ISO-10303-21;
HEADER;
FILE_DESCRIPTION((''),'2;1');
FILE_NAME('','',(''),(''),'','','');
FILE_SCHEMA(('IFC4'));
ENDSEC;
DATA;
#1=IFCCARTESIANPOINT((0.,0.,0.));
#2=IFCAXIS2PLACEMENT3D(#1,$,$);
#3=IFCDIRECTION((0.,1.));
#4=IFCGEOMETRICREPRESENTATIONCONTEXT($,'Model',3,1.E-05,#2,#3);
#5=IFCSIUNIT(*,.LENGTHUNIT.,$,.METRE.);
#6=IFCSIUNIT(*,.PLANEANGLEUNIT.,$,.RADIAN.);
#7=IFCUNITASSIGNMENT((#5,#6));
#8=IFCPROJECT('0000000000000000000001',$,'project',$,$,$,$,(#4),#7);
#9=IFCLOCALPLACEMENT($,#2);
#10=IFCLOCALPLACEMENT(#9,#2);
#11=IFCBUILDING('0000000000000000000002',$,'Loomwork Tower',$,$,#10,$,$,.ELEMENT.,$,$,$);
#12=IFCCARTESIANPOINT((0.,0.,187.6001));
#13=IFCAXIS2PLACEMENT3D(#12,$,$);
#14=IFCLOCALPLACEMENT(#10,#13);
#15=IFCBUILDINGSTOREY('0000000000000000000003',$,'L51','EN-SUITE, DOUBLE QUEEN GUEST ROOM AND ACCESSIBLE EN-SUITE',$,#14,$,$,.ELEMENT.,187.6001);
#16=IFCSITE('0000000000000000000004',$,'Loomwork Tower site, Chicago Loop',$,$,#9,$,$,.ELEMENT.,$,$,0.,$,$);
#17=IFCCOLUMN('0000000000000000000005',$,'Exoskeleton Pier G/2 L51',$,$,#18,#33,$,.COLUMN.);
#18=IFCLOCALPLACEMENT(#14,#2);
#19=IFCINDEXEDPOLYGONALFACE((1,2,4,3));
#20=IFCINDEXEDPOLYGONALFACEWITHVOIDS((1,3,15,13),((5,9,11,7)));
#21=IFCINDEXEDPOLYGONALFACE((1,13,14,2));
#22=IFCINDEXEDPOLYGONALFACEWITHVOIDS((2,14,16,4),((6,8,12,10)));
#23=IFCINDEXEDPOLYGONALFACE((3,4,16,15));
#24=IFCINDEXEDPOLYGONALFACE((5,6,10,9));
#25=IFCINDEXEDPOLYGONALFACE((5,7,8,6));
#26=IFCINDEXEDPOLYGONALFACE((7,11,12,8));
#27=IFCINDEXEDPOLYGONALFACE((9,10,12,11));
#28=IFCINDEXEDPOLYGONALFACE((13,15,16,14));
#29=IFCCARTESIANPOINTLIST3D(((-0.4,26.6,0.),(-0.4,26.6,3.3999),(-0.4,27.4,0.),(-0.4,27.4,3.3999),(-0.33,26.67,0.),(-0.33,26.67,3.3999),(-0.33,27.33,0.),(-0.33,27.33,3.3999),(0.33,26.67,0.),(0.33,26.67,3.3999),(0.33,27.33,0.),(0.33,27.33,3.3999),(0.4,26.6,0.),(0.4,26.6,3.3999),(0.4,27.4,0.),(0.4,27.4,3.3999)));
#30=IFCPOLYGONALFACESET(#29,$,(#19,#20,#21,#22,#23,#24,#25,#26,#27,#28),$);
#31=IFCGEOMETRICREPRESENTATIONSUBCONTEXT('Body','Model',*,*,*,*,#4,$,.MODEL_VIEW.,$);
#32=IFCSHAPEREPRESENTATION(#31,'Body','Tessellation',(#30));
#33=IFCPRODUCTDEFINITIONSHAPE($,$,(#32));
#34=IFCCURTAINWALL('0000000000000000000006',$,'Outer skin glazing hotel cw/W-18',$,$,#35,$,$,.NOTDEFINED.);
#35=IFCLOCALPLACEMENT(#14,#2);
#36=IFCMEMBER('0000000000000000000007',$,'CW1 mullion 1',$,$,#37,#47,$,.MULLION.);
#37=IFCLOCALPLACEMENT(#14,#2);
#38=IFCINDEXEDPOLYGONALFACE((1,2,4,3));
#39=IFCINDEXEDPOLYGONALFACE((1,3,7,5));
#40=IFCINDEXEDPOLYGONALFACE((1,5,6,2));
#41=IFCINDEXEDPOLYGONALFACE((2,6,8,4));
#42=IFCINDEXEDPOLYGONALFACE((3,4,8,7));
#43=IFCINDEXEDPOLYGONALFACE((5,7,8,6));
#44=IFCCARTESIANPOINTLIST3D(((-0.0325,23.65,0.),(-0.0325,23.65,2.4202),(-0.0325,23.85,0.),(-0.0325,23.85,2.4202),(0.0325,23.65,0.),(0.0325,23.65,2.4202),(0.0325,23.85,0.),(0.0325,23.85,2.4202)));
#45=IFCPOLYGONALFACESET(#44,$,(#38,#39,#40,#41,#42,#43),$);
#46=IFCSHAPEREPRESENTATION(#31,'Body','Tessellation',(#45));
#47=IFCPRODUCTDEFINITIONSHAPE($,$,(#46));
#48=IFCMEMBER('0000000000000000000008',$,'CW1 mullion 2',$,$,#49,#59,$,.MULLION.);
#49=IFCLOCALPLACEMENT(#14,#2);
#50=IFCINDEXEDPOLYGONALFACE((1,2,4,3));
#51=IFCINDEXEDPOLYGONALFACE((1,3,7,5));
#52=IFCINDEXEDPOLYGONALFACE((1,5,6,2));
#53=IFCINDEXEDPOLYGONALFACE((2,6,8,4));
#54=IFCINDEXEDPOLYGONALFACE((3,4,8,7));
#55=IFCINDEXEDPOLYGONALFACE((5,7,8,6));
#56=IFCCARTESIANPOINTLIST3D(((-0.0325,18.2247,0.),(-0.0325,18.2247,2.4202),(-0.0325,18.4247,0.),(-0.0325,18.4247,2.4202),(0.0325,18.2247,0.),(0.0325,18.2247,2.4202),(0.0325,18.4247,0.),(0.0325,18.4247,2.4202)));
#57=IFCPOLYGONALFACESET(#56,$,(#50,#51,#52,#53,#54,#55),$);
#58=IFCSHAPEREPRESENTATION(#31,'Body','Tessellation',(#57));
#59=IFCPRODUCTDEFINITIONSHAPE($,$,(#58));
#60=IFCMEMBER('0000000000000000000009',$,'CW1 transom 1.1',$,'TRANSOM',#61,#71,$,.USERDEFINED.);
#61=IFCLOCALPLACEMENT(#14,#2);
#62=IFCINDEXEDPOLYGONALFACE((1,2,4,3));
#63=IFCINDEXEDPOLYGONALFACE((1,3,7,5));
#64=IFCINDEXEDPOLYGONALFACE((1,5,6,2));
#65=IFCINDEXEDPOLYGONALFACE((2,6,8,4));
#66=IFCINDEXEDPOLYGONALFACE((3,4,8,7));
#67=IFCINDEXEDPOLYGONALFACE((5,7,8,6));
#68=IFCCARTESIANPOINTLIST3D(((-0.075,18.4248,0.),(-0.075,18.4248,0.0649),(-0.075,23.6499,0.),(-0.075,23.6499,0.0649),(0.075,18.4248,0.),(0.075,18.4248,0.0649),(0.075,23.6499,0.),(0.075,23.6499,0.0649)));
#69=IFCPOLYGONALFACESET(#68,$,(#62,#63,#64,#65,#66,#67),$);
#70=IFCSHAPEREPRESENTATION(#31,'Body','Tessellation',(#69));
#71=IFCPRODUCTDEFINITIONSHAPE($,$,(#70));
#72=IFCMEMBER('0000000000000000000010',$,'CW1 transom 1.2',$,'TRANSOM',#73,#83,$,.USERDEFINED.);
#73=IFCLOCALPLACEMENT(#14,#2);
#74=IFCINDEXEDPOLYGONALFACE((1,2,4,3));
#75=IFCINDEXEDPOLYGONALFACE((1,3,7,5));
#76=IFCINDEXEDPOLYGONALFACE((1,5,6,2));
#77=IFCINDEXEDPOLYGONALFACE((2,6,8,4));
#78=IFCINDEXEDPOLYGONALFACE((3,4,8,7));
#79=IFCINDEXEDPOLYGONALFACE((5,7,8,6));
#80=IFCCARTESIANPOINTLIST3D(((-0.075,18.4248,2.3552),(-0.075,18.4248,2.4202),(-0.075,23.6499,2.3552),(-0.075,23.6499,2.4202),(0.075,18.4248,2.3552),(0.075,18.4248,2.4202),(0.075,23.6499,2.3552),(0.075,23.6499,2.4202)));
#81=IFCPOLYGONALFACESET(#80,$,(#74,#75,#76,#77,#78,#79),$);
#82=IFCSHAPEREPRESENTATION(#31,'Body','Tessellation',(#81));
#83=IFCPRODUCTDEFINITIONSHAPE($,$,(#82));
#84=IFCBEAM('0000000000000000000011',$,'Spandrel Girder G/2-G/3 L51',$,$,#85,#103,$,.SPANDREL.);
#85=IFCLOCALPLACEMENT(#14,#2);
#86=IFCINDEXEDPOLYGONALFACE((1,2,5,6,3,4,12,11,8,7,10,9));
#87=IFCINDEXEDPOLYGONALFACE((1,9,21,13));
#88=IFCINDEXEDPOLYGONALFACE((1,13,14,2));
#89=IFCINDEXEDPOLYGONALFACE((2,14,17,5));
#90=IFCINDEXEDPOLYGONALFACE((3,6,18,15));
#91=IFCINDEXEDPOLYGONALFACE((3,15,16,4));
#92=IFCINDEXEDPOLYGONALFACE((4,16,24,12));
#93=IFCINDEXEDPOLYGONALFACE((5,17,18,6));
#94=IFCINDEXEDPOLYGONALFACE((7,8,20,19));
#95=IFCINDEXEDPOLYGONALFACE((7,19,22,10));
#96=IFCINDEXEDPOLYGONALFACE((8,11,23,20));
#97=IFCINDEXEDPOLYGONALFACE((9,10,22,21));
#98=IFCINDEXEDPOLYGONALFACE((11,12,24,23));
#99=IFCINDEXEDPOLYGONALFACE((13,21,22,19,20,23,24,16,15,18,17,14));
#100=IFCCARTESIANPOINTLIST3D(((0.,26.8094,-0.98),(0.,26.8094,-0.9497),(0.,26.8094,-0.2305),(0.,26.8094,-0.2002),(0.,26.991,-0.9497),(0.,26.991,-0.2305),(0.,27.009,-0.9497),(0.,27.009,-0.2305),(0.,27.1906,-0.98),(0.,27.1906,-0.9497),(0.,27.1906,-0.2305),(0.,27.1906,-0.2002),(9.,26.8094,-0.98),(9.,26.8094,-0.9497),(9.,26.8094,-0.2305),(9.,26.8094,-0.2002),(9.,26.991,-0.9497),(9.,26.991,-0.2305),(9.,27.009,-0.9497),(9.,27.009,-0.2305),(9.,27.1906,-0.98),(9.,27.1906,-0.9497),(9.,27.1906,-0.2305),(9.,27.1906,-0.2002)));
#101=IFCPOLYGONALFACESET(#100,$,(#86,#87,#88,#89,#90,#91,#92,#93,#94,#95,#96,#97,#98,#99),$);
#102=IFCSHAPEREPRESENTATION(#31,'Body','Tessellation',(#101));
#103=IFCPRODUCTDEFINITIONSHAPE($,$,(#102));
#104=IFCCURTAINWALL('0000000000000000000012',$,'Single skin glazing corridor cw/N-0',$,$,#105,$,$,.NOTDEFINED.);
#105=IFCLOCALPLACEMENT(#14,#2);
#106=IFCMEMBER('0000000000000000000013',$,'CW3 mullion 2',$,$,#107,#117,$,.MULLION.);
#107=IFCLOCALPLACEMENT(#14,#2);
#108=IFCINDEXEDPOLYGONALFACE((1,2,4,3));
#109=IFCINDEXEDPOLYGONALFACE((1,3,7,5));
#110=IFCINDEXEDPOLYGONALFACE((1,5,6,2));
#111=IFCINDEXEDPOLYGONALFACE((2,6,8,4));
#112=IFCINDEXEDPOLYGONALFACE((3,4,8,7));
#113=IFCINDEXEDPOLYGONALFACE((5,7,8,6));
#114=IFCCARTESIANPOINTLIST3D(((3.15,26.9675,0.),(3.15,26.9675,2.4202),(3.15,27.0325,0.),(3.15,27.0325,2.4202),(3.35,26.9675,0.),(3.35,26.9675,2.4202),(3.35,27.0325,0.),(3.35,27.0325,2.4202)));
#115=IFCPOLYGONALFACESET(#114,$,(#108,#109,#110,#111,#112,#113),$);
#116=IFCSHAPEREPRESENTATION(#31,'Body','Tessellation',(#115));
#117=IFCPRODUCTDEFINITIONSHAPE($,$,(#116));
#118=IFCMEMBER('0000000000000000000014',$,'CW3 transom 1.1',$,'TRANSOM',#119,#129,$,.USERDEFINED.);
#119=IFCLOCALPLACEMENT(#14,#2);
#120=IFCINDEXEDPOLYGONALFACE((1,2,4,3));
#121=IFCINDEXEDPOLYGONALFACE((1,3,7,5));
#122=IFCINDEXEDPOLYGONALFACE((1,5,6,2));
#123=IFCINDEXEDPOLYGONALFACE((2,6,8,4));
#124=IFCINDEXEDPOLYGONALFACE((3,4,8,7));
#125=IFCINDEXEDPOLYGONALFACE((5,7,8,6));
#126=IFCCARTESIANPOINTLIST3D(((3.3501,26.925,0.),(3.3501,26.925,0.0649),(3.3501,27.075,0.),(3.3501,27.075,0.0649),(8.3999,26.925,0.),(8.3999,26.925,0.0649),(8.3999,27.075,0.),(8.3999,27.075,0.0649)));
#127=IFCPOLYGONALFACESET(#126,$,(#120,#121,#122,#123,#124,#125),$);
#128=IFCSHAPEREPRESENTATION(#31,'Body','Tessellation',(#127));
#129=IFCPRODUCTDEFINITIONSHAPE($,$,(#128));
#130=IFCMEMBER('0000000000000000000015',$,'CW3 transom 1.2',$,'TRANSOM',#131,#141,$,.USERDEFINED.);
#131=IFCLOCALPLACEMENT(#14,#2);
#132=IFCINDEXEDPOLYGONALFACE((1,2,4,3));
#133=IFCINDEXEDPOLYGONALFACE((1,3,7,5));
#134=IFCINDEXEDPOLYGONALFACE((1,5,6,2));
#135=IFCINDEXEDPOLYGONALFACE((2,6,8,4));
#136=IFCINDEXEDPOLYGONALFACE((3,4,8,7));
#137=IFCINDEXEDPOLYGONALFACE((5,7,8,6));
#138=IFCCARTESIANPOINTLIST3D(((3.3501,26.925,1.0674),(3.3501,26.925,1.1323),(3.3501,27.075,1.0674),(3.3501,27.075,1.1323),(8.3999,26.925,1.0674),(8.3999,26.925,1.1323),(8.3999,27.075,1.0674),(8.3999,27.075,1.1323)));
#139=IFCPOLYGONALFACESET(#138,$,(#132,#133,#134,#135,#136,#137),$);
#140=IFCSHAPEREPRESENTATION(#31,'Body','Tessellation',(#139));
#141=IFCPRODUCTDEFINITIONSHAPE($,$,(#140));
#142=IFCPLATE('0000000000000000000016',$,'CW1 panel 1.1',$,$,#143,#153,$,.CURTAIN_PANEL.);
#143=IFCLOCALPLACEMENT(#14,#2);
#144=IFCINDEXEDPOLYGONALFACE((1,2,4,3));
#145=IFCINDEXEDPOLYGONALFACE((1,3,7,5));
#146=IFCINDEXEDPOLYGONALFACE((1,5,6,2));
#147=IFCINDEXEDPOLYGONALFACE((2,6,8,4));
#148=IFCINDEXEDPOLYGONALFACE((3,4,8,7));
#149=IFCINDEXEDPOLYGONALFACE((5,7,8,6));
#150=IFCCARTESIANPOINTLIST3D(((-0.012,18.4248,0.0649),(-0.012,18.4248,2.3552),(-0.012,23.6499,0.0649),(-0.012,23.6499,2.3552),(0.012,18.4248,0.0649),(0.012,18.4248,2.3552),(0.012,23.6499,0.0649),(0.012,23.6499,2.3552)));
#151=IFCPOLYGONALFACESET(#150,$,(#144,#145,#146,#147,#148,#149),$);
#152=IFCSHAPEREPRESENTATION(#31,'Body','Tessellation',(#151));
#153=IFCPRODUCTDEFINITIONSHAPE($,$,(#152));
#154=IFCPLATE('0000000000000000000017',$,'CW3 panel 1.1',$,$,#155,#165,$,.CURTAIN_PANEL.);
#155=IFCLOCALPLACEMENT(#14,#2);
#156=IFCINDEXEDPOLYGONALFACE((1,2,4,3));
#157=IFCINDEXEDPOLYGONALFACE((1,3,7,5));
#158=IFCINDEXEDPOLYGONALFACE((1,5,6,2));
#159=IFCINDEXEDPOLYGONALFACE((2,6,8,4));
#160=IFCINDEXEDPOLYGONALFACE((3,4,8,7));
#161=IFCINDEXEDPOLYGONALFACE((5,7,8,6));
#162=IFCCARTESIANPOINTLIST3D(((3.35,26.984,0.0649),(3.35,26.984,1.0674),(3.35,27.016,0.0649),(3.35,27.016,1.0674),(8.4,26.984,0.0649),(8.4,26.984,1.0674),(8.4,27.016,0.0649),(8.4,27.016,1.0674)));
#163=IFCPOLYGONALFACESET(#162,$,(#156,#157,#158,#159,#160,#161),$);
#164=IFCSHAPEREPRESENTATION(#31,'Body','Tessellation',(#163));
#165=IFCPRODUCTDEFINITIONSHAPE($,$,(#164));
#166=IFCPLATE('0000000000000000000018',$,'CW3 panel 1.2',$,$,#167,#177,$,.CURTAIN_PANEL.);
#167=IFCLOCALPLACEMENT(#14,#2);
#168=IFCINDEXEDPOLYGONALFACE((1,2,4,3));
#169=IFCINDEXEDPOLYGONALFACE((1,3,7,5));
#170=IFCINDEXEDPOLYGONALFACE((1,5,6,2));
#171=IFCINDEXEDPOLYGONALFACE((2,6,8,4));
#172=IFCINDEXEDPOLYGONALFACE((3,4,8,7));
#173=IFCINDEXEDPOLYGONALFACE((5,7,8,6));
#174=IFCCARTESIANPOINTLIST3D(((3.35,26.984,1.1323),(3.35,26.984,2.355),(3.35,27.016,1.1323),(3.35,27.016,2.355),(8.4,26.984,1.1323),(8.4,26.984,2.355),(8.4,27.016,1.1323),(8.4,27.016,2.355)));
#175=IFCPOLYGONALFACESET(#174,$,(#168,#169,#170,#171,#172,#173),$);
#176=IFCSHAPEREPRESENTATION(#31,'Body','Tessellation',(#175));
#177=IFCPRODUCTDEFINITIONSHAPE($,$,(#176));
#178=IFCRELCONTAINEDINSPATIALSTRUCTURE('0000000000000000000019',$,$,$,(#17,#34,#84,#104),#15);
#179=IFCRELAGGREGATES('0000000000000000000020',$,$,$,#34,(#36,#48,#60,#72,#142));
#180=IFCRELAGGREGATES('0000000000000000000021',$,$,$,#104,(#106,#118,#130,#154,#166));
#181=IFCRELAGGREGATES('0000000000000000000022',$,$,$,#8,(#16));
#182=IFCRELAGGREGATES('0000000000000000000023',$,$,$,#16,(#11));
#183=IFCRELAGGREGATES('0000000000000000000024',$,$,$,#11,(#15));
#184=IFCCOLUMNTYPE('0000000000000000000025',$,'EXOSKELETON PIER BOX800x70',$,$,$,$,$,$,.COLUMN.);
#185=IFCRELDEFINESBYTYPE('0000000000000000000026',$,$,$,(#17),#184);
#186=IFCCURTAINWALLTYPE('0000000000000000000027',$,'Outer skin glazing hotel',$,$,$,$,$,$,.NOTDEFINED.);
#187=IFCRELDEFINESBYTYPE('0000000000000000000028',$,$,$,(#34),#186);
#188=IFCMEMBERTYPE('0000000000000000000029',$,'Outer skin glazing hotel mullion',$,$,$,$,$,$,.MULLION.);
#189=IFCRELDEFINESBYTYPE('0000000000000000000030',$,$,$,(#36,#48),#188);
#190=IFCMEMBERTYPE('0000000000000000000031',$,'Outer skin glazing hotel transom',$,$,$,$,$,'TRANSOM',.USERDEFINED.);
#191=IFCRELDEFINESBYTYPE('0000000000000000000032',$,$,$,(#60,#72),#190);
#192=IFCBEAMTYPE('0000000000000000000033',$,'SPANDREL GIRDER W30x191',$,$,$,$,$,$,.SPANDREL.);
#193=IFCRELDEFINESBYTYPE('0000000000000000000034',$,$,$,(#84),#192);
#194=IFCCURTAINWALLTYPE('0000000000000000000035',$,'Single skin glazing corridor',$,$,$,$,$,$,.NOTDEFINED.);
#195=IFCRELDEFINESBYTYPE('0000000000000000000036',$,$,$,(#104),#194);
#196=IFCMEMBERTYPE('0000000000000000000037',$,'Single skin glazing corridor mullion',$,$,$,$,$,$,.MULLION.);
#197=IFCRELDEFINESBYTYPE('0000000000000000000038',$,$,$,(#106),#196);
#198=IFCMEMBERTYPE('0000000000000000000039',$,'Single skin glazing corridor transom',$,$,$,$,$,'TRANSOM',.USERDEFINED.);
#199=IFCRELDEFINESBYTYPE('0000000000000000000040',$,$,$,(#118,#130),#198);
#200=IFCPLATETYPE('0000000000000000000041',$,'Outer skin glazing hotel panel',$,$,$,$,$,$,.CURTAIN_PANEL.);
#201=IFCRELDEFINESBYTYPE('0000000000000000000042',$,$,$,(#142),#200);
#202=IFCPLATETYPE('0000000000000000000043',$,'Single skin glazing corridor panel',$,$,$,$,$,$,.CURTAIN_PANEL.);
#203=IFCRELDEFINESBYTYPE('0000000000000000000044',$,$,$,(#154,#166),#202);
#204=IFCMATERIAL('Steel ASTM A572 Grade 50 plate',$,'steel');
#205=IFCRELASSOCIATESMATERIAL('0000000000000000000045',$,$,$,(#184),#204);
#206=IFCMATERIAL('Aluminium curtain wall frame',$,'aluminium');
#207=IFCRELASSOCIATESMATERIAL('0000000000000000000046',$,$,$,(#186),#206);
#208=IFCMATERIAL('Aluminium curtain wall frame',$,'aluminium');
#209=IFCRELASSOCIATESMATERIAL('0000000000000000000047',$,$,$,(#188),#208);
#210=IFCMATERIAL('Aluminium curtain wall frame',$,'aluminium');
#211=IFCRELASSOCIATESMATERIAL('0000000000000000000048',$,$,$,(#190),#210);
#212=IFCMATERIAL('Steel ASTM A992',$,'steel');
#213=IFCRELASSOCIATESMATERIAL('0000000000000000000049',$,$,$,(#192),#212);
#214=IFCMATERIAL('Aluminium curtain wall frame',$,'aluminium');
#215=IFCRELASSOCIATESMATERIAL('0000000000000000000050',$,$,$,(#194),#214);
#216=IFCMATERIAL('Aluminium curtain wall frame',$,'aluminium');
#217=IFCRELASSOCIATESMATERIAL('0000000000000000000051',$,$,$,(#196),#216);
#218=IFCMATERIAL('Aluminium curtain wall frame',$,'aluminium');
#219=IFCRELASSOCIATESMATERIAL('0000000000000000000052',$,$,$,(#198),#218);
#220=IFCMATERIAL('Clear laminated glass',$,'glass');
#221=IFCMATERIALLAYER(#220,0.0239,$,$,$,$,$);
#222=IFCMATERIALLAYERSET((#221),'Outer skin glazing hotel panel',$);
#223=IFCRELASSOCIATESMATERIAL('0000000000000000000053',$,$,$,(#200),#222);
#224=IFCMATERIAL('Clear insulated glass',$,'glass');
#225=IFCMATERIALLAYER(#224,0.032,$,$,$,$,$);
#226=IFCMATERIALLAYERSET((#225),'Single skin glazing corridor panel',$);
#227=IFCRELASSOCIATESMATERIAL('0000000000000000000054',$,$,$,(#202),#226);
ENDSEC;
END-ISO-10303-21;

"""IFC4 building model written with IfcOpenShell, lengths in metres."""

from ifc_helpers import new_model, si_unit, direction, frame, origin, origin_2d, place, context, subcontext, project, spatial, rectangle, hollow_rectangle, i_section, extrude, material, layer, layer_set, material_profile, profile_set, type_object, element, aggregate, save


model = new_model("IFC4")

# Units and contexts
model_context = context("Model", 3, precision=1e-05, world=origin(), true_north=direction((0.0, 1.0)))
body_context = subcontext(model_context, "Body", "Model", "MODEL_VIEW")
ifc_project = project(units=[si_unit("LENGTHUNIT", "METRE"), si_unit("PLANEANGLEUNIT", "RADIAN")], contexts=[model_context])

# Site, building, storey
site_placement = place(None, origin())
site = spatial("IfcSite", under=ifc_project, at=site_placement, Name="Loomwork Tower site, Chicago Loop", CompositionType="ELEMENT", RefElevation=0.0)
building_placement = place(site_placement, origin())
building = spatial("IfcBuilding", under=site, at=building_placement, Name="Loomwork Tower", CompositionType="ELEMENT")
storey_placement = place(building_placement, frame((0.0, 0.0, 187.6001)))
storey = spatial("IfcBuildingStorey", under=building, at=storey_placement, Name="L51", Description="EN-SUITE, DOUBLE QUEEN GUEST ROOM AND ACCESSIBLE EN-SUITE", CompositionType="ELEMENT", Elevation=187.6001)

# Column
ifc_material_1 = material(Name="Steel ASTM A572 Grade 50 plate", Category="steel")
ifc_material_profile_1 = material_profile(ifc_material_1, hollow_rectangle(XDim=0.8, YDim=0.8, WallThickness=0.0701, at=origin_2d()), Name="BOX800x70")
ifc_profile_set_1 = profile_set([ifc_material_profile_1], Name="Steel ASTM A572 Grade 50 plate")
column_type = type_object("IfcColumnType", Name="EXOSKELETON PIER BOX800x70", PredefinedType="COLUMN", material=ifc_profile_set_1)
column_placement = place(storey_placement, frame((0.0, 27.0, 0.0), z_axis=(0.0, 0.0, 1.0), x_axis=(0.0, 1.0, 0.0)))
element("IfcColumn", 1, at=column_placement, inside=storey, type_object=column_type, Name="Exoskeleton Pier G/2 L51", PredefinedType="COLUMN", context=body_context, shape_type="SweptSolid", body=[
    extrude(hollow_rectangle(XDim=0.8, YDim=0.8, WallThickness=0.0701, at=origin_2d()), origin(), (0.0, 0.0, 1.0), 3.3999),
])

# Curtain wall, members
ifc_material_2 = material(Name="Aluminium curtain wall frame", Category="aluminium")
curtain_wall_type_1 = type_object("IfcCurtainWallType", Name="Outer skin glazing hotel", PredefinedType="NOTDEFINED", material=ifc_material_2)
curtain_wall_1_placement = place(storey_placement, origin())
curtain_wall_1 = element("IfcCurtainWall", 2, at=curtain_wall_1_placement, inside=storey, type_object=curtain_wall_type_1, Name="Outer skin glazing hotel cw/W-18", PredefinedType="NOTDEFINED")
ifc_material_3 = material(Name="Aluminium curtain wall frame", Category="aluminium")
ifc_material_profile_2 = material_profile(ifc_material_3, rectangle(XDim=0.0649, YDim=0.2, at=origin_2d()), Name="AL 65x200")
ifc_profile_set_2 = profile_set([ifc_material_profile_2], Name="Aluminium curtain wall frame")
member_type_1 = type_object("IfcMemberType", Name="Outer skin glazing hotel mullion", PredefinedType="MULLION", material=ifc_profile_set_2)
member_1_placement = place(storey_placement, frame((0.0, 23.75, 0.0), z_axis=(0.0, 0.0, 1.0), x_axis=(1.0, 0.0, 0.0)))
member_1 = element("IfcMember", 3, at=member_1_placement, type_object=member_type_1, Name="CW1 mullion 1", PredefinedType="MULLION", context=body_context, shape_type="SweptSolid", body=[
    extrude(rectangle(XDim=0.0649, YDim=0.2, at=origin_2d()), origin(), (0.0, 0.0, 1.0), 2.4202),
])
member_2_placement = place(storey_placement, frame((0.0, 18.3247, 0.0), z_axis=(0.0, 0.0, 1.0), x_axis=(1.0, 0.0, 0.0)))
member_2 = element("IfcMember", 4, at=member_2_placement, type_object=member_type_1, Name="CW1 mullion 2", PredefinedType="MULLION", context=body_context, shape_type="SweptSolid", body=[
    extrude(rectangle(XDim=0.0649, YDim=0.2, at=origin_2d()), origin(), (0.0, 0.0, 1.0), 2.4202),
])
ifc_material_4 = material(Name="Aluminium curtain wall frame", Category="aluminium")
ifc_material_profile_3 = material_profile(ifc_material_4, rectangle(XDim=0.1499, YDim=0.0649, at=origin_2d()), Name="AL 65x150")
ifc_profile_set_3 = profile_set([ifc_material_profile_3], Name="Aluminium curtain wall frame")
member_type_2 = type_object("IfcMemberType", Name="Outer skin glazing hotel transom", ElementType="TRANSOM", PredefinedType="USERDEFINED", material=ifc_profile_set_3)
member_3_placement = place(storey_placement, frame((0.0, 23.6499, 0.0325), z_axis=(0.0, -1.0, 0.0), x_axis=(1.0, 0.0, 0.0)))
member_3 = element("IfcMember", 5, at=member_3_placement, type_object=member_type_2, Name="CW1 transom 1.1", ObjectType="TRANSOM", PredefinedType="USERDEFINED", context=body_context, shape_type="SweptSolid", body=[
    extrude(rectangle(XDim=0.1499, YDim=0.0649, at=origin_2d()), origin(), (0.0, 0.0, 1.0), 5.2251),
])
member_4_placement = place(storey_placement, frame((0.0, 23.6499, 2.3877), z_axis=(0.0, -1.0, 0.0), x_axis=(1.0, 0.0, 0.0)))
member_4 = element("IfcMember", 6, at=member_4_placement, type_object=member_type_2, Name="CW1 transom 1.2", ObjectType="TRANSOM", PredefinedType="USERDEFINED", context=body_context, shape_type="SweptSolid", body=[
    extrude(rectangle(XDim=0.1499, YDim=0.0649, at=origin_2d()), origin(), (0.0, 0.0, 1.0), 5.2251),
])

# Beam
ifc_material_5 = material(Name="Steel ASTM A992", Category="steel")
ifc_material_profile_4 = material_profile(ifc_material_5, i_section(OverallWidth=0.3811, OverallDepth=0.7798, WebThickness=0.0181, FlangeThickness=0.0303, at=origin_2d()), Name="W30x191")
ifc_profile_set_4 = profile_set([ifc_material_profile_4], Name="Steel ASTM A992")
beam_type = type_object("IfcBeamType", Name="SPANDREL GIRDER W30x191", PredefinedType="SPANDREL", material=ifc_profile_set_4)
beam_placement = place(storey_placement, frame((0.0, 27.0, -0.5901), z_axis=(1.0, 0.0, 0.0), x_axis=(0.0, 1.0, 0.0)))
element("IfcBeam", 7, at=beam_placement, inside=storey, type_object=beam_type, Name="Spandrel Girder G/2-G/3 L51", PredefinedType="SPANDREL", context=body_context, shape_type="SweptSolid", body=[
    extrude(i_section(OverallWidth=0.3811, OverallDepth=0.7798, WebThickness=0.0181, FlangeThickness=0.0303, at=origin_2d()), origin(), (0.0, 0.0, 1.0), 9.0),
])

# Curtain wall, members
ifc_material_6 = material(Name="Aluminium curtain wall frame", Category="aluminium")
curtain_wall_type_2 = type_object("IfcCurtainWallType", Name="Single skin glazing corridor", PredefinedType="NOTDEFINED", material=ifc_material_6)
curtain_wall_2_placement = place(storey_placement, origin())
curtain_wall_2 = element("IfcCurtainWall", 8, at=curtain_wall_2_placement, inside=storey, type_object=curtain_wall_type_2, Name="Single skin glazing corridor cw/N-0", PredefinedType="NOTDEFINED")
ifc_material_7 = material(Name="Aluminium curtain wall frame", Category="aluminium")
ifc_material_profile_5 = material_profile(ifc_material_7, rectangle(XDim=0.0649, YDim=0.2, at=origin_2d()), Name="AL 65x200")
ifc_profile_set_5 = profile_set([ifc_material_profile_5], Name="Aluminium curtain wall frame")
member_type_3 = type_object("IfcMemberType", Name="Single skin glazing corridor mullion", PredefinedType="MULLION", material=ifc_profile_set_5)
member_5_placement = place(storey_placement, frame((3.25, 27.0, 0.0), z_axis=(0.0, 0.0, 1.0), x_axis=(0.0, -1.0, 0.0)))
member_5 = element("IfcMember", 9, at=member_5_placement, type_object=member_type_3, Name="CW3 mullion 2", PredefinedType="MULLION", context=body_context, shape_type="SweptSolid", body=[
    extrude(rectangle(XDim=0.0649, YDim=0.2, at=origin_2d()), origin(), (0.0, 0.0, 1.0), 2.4202),
])
ifc_material_8 = material(Name="Aluminium curtain wall frame", Category="aluminium")
ifc_material_profile_6 = material_profile(ifc_material_8, rectangle(XDim=0.1499, YDim=0.0649, at=origin_2d()), Name="AL 65x150")
ifc_profile_set_6 = profile_set([ifc_material_profile_6], Name="Aluminium curtain wall frame")
member_type_4 = type_object("IfcMemberType", Name="Single skin glazing corridor transom", ElementType="TRANSOM", PredefinedType="USERDEFINED", material=ifc_profile_set_6)
member_6_placement = place(storey_placement, frame((8.3999, 27.0, 0.0325), z_axis=(-1.0, 0.0, 0.0), x_axis=(0.0, -1.0, 0.0)))
member_6 = element("IfcMember", 10, at=member_6_placement, type_object=member_type_4, Name="CW3 transom 1.1", ObjectType="TRANSOM", PredefinedType="USERDEFINED", context=body_context, shape_type="SweptSolid", body=[
    extrude(rectangle(XDim=0.1499, YDim=0.0649, at=origin_2d()), origin(), (0.0, 0.0, 1.0), 5.0498),
])
member_7_placement = place(storey_placement, frame((8.3999, 27.0, 1.0999), z_axis=(-1.0, 0.0, 0.0), x_axis=(0.0, -1.0, 0.0)))
member_7 = element("IfcMember", 11, at=member_7_placement, type_object=member_type_4, Name="CW3 transom 1.2", ObjectType="TRANSOM", PredefinedType="USERDEFINED", context=body_context, shape_type="SweptSolid", body=[
    extrude(rectangle(XDim=0.1499, YDim=0.0649, at=origin_2d()), origin(), (0.0, 0.0, 1.0), 5.0498),
])

# Plates
ifc_material_9 = material(Name="Clear laminated glass", Category="glass")
ifc_layer_1 = layer(ifc_material_9, 0.0239)
ifc_layer_set_1 = layer_set([ifc_layer_1], Name="Outer skin glazing hotel panel")
plate_type_1 = type_object("IfcPlateType", Name="Outer skin glazing hotel panel", PredefinedType="CURTAIN_PANEL", material=ifc_layer_set_1)
plate_1_placement = place(storey_placement, frame((0.0, 21.0374, 0.0649), z_axis=(0.0, 0.0, 1.0), x_axis=(0.0, -1.0, 0.0)))
plate_1 = element("IfcPlate", 12, at=plate_1_placement, type_object=plate_type_1, Name="CW1 panel 1.1", PredefinedType="CURTAIN_PANEL", context=body_context, shape_type="SweptSolid", body=[
    extrude(rectangle(XDim=5.2251, YDim=0.0239, at=origin_2d()), origin(), (0.0, 0.0, 1.0), 2.2903),
])
aggregate(curtain_wall_1, [member_1, member_2, member_3, member_4, plate_1])
ifc_material_10 = material(Name="Clear insulated glass", Category="glass")
ifc_layer_2 = layer(ifc_material_10, 0.032)
ifc_layer_set_2 = layer_set([ifc_layer_2], Name="Single skin glazing corridor panel")
plate_type_2 = type_object("IfcPlateType", Name="Single skin glazing corridor panel", PredefinedType="CURTAIN_PANEL", material=ifc_layer_set_2)
plate_2_placement = place(storey_placement, frame((5.875, 27.0, 0.0649), z_axis=(0.0, 0.0, 1.0), x_axis=(-1.0, 0.0, 0.0)))
plate_2 = element("IfcPlate", 13, at=plate_2_placement, type_object=plate_type_2, Name="CW3 panel 1.1", PredefinedType="CURTAIN_PANEL", context=body_context, shape_type="SweptSolid", body=[
    extrude(rectangle(XDim=5.05, YDim=0.032, at=origin_2d()), origin(), (0.0, 0.0, 1.0), 1.0024),
])
plate_3_placement = place(storey_placement, frame((5.875, 27.0, 1.1323), z_axis=(0.0, 0.0, 1.0), x_axis=(-1.0, 0.0, 0.0)))
plate_3 = element("IfcPlate", 14, at=plate_3_placement, type_object=plate_type_2, Name="CW3 panel 1.2", PredefinedType="CURTAIN_PANEL", context=body_context, shape_type="SweptSolid", body=[
    extrude(rectangle(XDim=5.05, YDim=0.032, at=origin_2d()), origin(), (0.0, 0.0, 1.0), 1.2227),
])
aggregate(curtain_wall_2, [member_5, member_6, member_7, plate_2, plate_3])

save(model, "model.ifc")
